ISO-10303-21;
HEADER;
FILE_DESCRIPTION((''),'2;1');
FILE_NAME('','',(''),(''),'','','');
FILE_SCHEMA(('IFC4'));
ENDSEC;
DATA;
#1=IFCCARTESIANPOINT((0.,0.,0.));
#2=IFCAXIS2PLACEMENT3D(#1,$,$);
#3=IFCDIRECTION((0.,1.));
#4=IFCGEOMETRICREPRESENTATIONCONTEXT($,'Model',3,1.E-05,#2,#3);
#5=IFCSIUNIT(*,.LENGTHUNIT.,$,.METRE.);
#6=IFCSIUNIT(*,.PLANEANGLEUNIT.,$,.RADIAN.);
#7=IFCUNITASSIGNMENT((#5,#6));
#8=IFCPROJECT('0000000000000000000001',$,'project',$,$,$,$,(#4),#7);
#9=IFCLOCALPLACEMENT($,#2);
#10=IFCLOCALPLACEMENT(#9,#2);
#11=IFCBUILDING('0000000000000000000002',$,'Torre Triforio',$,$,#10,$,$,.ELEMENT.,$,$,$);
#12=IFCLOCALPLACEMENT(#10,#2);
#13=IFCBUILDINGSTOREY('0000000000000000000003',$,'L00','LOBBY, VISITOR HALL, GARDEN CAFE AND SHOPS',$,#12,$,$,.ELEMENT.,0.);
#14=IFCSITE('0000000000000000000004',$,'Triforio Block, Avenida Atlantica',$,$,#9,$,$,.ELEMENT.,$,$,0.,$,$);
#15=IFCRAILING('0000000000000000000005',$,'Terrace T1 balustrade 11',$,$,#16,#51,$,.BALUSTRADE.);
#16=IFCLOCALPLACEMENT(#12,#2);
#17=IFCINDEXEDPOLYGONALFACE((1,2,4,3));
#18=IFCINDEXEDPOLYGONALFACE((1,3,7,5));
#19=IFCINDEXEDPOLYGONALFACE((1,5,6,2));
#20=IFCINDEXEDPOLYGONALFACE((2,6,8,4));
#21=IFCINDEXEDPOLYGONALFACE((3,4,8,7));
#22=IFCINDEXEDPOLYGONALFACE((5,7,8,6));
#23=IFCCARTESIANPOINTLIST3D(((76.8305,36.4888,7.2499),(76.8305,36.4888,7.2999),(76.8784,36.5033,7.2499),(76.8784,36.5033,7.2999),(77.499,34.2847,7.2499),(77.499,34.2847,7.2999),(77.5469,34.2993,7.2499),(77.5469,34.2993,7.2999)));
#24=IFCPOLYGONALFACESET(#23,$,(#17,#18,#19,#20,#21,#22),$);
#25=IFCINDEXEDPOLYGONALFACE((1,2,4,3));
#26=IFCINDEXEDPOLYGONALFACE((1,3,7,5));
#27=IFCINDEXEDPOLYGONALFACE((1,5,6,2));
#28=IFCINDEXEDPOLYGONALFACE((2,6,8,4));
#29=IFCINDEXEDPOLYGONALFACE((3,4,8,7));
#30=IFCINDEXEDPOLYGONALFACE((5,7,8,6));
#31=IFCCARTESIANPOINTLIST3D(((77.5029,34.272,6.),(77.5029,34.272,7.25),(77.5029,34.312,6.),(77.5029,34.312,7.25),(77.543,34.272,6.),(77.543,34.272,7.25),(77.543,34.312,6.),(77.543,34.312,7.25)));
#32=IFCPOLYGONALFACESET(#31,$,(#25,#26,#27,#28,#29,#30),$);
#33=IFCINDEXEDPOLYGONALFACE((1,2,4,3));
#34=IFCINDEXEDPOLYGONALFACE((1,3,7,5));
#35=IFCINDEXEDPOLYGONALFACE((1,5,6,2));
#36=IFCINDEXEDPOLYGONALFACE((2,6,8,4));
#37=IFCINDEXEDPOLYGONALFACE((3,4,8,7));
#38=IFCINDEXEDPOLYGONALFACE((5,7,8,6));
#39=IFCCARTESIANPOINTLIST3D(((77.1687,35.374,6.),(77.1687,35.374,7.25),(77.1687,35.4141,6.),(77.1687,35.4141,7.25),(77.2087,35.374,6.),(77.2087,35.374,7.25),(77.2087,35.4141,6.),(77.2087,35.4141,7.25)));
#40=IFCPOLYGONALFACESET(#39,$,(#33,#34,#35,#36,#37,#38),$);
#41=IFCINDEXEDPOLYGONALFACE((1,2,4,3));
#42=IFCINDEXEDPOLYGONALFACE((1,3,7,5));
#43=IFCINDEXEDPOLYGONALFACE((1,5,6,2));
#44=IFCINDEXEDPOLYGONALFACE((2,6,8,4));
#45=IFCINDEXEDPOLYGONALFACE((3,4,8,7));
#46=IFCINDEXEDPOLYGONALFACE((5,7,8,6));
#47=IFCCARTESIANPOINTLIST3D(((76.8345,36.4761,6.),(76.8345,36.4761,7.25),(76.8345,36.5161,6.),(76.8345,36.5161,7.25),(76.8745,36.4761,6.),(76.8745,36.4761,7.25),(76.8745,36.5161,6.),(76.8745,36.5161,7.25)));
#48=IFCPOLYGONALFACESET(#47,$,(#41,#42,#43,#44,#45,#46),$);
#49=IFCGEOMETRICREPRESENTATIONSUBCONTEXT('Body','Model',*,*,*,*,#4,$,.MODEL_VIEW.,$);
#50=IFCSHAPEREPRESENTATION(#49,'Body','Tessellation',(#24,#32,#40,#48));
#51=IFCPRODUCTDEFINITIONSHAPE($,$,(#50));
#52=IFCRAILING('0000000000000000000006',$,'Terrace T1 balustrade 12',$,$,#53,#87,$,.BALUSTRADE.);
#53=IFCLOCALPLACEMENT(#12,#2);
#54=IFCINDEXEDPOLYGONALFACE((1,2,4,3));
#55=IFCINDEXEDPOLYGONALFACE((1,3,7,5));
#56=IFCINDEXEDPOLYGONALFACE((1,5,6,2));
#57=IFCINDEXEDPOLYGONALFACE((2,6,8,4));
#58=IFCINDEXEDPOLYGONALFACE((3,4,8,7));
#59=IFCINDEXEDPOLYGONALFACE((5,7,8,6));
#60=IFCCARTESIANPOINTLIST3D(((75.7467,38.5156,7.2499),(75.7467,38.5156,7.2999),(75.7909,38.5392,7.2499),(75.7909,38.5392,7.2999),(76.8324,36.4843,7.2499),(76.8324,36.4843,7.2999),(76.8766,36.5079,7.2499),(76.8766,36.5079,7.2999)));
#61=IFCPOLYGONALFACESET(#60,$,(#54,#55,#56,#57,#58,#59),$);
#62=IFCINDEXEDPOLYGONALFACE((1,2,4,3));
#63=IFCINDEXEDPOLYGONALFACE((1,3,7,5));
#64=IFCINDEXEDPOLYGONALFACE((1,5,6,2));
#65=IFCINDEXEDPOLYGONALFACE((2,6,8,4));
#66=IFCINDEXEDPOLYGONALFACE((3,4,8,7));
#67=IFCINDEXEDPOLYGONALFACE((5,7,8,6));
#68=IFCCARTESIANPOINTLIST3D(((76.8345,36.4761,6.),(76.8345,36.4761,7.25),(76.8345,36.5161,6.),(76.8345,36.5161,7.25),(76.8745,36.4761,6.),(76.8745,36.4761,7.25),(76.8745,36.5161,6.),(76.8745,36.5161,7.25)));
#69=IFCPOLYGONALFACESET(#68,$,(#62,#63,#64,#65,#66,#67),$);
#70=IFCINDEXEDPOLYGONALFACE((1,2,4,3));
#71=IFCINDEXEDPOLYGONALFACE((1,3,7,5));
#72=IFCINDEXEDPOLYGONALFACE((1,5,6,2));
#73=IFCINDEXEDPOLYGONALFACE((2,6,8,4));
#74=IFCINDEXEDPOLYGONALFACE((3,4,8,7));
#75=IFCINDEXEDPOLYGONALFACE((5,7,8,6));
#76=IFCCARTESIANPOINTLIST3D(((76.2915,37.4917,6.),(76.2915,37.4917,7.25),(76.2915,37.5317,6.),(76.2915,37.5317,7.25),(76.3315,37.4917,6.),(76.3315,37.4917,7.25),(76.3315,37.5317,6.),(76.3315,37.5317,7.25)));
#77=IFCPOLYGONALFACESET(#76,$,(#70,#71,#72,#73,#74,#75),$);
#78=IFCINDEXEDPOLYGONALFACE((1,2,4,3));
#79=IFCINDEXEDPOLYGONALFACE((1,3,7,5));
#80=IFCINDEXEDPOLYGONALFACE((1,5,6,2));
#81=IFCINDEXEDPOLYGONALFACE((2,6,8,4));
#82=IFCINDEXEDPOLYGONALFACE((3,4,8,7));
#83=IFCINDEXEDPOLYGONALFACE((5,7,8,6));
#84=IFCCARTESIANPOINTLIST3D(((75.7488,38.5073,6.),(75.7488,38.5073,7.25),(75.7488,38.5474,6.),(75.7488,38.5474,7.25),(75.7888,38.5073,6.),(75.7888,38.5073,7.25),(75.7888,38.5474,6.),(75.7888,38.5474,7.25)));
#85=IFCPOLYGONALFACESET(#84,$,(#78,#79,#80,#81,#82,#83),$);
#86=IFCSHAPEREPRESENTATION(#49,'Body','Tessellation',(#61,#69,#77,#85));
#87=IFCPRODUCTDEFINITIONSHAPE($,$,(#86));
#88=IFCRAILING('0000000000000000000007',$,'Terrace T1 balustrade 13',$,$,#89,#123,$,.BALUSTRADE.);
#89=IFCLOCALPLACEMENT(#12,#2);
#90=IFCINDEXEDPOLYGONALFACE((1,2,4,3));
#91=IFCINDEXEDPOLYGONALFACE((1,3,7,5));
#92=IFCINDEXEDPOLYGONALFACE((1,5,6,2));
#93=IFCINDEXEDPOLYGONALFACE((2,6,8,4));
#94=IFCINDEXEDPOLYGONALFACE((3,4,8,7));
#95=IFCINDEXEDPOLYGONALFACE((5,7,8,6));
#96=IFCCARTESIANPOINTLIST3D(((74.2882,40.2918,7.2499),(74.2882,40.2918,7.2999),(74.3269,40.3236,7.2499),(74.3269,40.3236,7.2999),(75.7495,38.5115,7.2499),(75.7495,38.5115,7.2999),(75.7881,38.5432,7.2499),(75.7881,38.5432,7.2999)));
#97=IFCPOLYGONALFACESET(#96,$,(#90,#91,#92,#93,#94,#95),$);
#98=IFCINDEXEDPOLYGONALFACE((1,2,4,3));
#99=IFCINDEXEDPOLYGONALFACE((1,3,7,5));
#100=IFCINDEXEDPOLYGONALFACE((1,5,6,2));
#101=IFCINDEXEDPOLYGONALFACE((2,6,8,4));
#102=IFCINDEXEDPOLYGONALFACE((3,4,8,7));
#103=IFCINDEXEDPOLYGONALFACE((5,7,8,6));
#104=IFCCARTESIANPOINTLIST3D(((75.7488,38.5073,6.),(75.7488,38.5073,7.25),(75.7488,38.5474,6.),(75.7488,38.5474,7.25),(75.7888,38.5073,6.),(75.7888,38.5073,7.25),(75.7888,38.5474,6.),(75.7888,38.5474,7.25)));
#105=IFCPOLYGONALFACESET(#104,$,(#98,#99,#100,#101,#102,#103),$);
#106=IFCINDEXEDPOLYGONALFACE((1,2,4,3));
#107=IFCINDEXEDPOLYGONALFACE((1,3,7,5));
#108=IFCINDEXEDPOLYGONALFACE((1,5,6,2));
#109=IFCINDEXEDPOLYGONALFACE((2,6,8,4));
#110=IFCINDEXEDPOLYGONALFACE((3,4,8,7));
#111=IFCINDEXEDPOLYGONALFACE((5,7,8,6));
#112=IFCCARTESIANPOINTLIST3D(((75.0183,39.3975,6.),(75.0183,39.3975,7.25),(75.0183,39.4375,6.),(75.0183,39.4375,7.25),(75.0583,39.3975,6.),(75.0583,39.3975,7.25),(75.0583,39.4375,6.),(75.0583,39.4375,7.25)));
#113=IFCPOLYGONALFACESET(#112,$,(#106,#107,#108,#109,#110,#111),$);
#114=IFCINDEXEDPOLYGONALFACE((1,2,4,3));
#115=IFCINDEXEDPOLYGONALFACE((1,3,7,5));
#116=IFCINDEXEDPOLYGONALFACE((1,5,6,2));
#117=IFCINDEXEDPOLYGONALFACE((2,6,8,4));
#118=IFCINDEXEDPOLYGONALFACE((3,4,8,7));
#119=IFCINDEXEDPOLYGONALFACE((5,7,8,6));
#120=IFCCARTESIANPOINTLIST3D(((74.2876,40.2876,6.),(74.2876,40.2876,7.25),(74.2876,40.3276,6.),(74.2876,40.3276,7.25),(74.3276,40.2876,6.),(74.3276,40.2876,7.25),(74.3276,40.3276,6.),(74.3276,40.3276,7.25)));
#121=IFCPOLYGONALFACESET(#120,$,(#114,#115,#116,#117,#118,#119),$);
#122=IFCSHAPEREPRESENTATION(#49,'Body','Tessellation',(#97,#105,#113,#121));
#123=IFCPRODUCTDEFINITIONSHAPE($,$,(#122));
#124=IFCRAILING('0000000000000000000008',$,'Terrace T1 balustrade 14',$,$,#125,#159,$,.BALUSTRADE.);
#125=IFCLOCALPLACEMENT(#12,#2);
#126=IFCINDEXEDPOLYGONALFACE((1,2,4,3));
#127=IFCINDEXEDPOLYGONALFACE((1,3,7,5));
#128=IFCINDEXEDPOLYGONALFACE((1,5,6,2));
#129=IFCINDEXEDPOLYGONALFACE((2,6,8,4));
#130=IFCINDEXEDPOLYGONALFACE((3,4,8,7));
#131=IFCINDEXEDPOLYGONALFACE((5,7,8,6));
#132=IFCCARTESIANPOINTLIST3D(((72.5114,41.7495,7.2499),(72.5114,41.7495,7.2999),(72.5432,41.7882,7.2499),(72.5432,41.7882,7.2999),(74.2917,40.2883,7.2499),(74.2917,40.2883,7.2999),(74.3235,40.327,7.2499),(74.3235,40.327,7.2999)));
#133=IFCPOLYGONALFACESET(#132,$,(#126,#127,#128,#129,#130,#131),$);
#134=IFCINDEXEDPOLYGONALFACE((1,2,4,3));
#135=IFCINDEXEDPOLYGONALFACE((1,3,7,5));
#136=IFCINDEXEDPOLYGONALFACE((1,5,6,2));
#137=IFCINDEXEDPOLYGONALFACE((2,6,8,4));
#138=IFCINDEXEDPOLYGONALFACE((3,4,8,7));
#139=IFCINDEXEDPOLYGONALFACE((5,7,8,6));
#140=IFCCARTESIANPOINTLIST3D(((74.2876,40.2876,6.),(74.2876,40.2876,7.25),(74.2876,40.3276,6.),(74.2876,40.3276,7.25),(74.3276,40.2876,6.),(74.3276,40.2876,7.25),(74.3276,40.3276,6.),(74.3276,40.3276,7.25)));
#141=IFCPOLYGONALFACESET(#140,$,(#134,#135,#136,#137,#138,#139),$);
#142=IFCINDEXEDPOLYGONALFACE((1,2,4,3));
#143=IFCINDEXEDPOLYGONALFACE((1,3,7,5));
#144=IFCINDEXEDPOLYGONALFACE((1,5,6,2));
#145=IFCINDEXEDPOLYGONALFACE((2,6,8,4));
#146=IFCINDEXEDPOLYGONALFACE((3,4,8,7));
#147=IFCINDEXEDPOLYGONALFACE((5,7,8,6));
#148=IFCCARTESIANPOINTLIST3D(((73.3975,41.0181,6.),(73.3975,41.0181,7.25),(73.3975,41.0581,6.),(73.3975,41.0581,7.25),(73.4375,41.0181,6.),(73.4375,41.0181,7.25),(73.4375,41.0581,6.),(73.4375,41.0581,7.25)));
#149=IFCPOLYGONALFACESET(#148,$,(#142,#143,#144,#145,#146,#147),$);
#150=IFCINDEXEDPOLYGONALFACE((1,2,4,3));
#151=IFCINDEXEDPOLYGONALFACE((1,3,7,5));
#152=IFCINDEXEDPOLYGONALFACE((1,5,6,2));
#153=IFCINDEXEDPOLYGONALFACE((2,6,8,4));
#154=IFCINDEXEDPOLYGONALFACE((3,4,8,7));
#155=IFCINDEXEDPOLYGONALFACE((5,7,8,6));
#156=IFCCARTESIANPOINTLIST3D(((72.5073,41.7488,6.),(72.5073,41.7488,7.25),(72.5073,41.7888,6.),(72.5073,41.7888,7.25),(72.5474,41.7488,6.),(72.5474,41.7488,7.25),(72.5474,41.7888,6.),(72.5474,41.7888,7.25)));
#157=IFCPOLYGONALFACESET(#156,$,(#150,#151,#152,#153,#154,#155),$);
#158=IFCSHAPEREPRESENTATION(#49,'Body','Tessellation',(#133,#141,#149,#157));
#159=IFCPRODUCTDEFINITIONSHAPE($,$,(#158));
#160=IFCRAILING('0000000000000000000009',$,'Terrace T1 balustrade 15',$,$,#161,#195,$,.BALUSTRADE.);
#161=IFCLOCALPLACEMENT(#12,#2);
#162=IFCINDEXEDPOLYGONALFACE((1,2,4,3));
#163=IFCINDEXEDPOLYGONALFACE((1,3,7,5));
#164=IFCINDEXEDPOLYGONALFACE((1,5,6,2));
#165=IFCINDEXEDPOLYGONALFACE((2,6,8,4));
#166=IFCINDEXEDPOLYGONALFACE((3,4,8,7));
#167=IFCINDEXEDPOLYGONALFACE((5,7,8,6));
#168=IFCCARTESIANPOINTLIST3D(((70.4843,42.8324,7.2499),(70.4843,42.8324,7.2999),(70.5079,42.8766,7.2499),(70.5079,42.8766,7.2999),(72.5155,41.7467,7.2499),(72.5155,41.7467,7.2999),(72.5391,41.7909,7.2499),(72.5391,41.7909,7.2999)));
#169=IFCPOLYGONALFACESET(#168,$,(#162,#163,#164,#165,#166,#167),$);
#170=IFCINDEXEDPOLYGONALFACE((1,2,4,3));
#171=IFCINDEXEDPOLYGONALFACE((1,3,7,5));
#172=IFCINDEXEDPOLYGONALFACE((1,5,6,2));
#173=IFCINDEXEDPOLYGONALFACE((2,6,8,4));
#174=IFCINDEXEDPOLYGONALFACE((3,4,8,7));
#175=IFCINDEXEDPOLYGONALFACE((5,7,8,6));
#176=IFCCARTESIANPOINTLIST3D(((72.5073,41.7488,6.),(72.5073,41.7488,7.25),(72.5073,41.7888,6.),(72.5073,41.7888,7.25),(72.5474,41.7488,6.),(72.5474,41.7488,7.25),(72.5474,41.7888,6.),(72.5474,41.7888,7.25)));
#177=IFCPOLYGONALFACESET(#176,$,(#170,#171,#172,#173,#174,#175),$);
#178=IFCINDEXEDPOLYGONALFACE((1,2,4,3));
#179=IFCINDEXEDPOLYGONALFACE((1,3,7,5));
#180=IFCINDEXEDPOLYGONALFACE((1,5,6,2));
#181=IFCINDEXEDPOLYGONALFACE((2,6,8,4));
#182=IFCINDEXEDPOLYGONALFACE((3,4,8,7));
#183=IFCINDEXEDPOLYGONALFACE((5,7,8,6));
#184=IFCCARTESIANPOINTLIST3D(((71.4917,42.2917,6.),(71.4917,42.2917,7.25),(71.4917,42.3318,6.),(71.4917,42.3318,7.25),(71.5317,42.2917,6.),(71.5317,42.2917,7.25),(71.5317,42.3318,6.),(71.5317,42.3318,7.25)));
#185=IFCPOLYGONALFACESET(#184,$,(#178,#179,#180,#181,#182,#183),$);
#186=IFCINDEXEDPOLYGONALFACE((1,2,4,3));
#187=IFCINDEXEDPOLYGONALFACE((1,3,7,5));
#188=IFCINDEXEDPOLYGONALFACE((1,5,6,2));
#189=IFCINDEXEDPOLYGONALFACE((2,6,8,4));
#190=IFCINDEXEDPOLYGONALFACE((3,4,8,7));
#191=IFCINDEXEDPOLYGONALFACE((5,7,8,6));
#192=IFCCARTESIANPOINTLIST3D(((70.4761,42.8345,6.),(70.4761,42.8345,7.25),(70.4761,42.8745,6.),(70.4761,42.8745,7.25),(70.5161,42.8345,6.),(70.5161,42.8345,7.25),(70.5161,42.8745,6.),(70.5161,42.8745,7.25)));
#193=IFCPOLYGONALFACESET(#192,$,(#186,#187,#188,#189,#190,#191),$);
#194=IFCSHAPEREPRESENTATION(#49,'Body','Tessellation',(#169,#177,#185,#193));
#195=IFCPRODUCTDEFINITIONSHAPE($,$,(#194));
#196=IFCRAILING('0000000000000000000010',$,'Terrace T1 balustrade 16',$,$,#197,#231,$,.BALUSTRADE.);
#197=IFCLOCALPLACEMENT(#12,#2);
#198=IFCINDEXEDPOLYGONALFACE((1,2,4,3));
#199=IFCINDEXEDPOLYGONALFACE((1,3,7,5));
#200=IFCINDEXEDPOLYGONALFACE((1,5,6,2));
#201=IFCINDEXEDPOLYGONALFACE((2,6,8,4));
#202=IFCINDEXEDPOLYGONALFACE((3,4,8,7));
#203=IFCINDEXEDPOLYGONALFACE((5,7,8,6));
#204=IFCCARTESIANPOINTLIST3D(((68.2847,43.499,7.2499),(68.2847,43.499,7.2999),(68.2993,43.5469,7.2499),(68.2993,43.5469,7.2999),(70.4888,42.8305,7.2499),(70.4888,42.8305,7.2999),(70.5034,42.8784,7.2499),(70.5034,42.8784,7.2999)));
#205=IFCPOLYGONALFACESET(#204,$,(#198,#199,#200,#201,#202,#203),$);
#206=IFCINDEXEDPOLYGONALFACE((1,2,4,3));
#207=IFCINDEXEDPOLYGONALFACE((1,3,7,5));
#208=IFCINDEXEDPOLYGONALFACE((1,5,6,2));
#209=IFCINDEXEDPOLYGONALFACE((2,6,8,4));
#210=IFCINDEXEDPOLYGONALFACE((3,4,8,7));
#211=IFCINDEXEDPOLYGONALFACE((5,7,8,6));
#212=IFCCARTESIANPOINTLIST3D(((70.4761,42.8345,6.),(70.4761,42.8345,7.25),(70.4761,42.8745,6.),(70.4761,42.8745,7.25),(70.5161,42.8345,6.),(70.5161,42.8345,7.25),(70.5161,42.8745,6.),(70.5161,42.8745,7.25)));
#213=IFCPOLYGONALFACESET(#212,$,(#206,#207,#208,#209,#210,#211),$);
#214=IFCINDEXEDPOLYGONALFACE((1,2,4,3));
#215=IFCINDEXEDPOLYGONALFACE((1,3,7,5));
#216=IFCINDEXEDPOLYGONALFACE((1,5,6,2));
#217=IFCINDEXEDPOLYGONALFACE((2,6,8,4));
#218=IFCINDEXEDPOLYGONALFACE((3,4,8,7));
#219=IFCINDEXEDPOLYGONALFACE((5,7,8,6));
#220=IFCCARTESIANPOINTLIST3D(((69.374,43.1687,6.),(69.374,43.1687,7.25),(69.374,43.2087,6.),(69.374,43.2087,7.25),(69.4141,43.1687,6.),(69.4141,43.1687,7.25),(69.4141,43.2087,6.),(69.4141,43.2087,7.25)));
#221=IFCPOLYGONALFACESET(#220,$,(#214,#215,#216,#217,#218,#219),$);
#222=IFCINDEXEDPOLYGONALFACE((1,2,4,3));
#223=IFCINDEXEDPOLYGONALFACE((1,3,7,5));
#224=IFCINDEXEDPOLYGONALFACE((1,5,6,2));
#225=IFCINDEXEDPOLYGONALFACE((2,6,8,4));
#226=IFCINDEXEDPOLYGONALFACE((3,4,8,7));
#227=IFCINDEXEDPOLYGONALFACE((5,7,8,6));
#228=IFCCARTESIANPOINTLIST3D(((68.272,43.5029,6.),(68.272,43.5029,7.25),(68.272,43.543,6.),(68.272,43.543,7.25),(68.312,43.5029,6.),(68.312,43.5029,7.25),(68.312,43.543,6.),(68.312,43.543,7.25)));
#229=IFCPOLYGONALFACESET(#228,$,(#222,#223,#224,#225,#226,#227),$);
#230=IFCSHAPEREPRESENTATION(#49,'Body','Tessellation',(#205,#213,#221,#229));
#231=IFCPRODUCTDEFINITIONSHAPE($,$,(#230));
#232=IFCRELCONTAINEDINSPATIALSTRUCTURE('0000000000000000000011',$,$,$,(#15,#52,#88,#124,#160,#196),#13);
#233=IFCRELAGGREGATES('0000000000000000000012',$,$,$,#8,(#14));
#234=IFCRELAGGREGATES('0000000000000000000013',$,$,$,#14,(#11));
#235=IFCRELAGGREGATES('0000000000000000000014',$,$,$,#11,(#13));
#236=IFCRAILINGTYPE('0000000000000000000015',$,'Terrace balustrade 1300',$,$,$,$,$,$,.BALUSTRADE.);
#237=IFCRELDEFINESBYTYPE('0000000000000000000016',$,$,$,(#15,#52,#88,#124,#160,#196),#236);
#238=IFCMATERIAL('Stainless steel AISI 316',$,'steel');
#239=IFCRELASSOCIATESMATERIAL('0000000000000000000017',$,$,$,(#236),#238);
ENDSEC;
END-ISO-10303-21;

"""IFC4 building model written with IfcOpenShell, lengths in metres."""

from ifc_helpers import new_model, si_unit, direction, frame, origin, origin_2d, place, context, subcontext, project, spatial, rectangle, extrude, material, type_object, element, save


model = new_model("IFC4")

# Units and contexts
model_context = context("Model", 3, precision=1e-05, world=origin(), true_north=direction((0.0, 1.0)))
body_context = subcontext(model_context, "Body", "Model", "MODEL_VIEW")
ifc_project = project(units=[si_unit("LENGTHUNIT", "METRE"), si_unit("PLANEANGLEUNIT", "RADIAN")], contexts=[model_context])

# Site, building, storey
site_placement = place(None, origin())
site = spatial("IfcSite", under=ifc_project, at=site_placement, Name="Triforio Block, Avenida Atlantica", CompositionType="ELEMENT", RefElevation=0.0)
building_placement = place(site_placement, origin())
building = spatial("IfcBuilding", under=site, at=building_placement, Name="Torre Triforio", CompositionType="ELEMENT")
storey_placement = place(building_placement, origin())
storey = spatial("IfcBuildingStorey", under=building, at=storey_placement, Name="L00", Description="LOBBY, VISITOR HALL, GARDEN CAFE AND SHOPS", CompositionType="ELEMENT", Elevation=0.0)

# Railings
ifc_material_1 = material(Name="Stainless steel AISI 316", Category="steel")
railing_type = type_object("IfcRailingType", Name="Terrace balustrade 1300", PredefinedType="BALUSTRADE", material=ifc_material_1)
railing_1_placement = place(storey_placement, frame((77.5229, 34.292, 6.0)))
element("IfcRailing", 1, at=railing_1_placement, inside=storey, type_object=railing_type, Name="Terrace T1 balustrade 11", PredefinedType="BALUSTRADE", context=body_context, shape_type="SweptSolid", body=[
    extrude(rectangle(XDim=0.05, YDim=0.05, at=origin_2d()), frame((0.0, 0.0, 1.2749), z_axis=(-0.290225, 0.956958, 0.0), x_axis=(-0.956958, -0.290225, 0.0)), (0.0, 0.0, 1.0), 2.3032),
    extrude(rectangle(XDim=0.04, YDim=0.04, at=origin_2d()), origin(), (0.0, 0.0, 1.0), 1.25),
    extrude(rectangle(XDim=0.04, YDim=0.04, at=origin_2d()), frame((-0.3342, 1.1021, 0.0)), (0.0, 0.0, 1.0), 1.25),
    extrude(rectangle(XDim=0.04, YDim=0.04, at=origin_2d()), frame((-0.6685, 2.2041, 0.0)), (0.0, 0.0, 1.0), 1.25),
])
railing_2_placement = place(storey_placement, frame((76.8545, 36.4961, 6.0)))
element("IfcRailing", 2, at=railing_2_placement, inside=storey, type_object=railing_type, Name="Terrace T1 balustrade 12", PredefinedType="BALUSTRADE", context=body_context, shape_type="SweptSolid", body=[
    extrude(rectangle(XDim=0.05, YDim=0.05, at=origin_2d()), frame((0.0, 0.0, 1.2749), z_axis=(-0.471386, 0.881927, 0.0), x_axis=(-0.881927, -0.471386, 0.0)), (0.0, 0.0, 1.0), 2.3032),
    extrude(rectangle(XDim=0.04, YDim=0.04, at=origin_2d()), origin(), (0.0, 0.0, 1.0), 1.25),
    extrude(rectangle(XDim=0.04, YDim=0.04, at=origin_2d()), frame((-0.543, 1.0156, 0.0)), (0.0, 0.0, 1.0), 1.25),
    extrude(rectangle(XDim=0.04, YDim=0.04, at=origin_2d()), frame((-1.0857, 2.0312, 0.0)), (0.0, 0.0, 1.0), 1.25),
])
railing_3_placement = place(storey_placement, frame((75.7688, 38.5273, 6.0)))
element("IfcRailing", 3, at=railing_3_placement, inside=storey, type_object=railing_type, Name="Terrace T1 balustrade 13", PredefinedType="BALUSTRADE", context=body_context, shape_type="SweptSolid", body=[
    extrude(rectangle(XDim=0.05, YDim=0.05, at=origin_2d()), frame((0.0, 0.0, 1.2749), z_axis=(-0.634432, 0.772979, 0.0), x_axis=(-0.772979, -0.634432, 0.0)), (0.0, 0.0, 1.0), 2.3032),
    extrude(rectangle(XDim=0.04, YDim=0.04, at=origin_2d()), origin(), (0.0, 0.0, 1.0), 1.25),
    extrude(rectangle(XDim=0.04, YDim=0.04, at=origin_2d()), frame((-0.7305, 0.8901, 0.0)), (0.0, 0.0, 1.0), 1.25),
    extrude(rectangle(XDim=0.04, YDim=0.04, at=origin_2d()), frame((-1.4612, 1.7803, 0.0)), (0.0, 0.0, 1.0), 1.25),
])
railing_4_placement = place(storey_placement, frame((74.3076, 40.3076, 6.0)))
element("IfcRailing", 4, at=railing_4_placement, inside=storey, type_object=railing_type, Name="Terrace T1 balustrade 14", PredefinedType="BALUSTRADE", context=body_context, shape_type="SweptSolid", body=[
    extrude(rectangle(XDim=0.05, YDim=0.05, at=origin_2d()), frame((0.0, 0.0, 1.2749), z_axis=(-0.772979, 0.634432, 0.0), x_axis=(-0.634432, -0.772979, 0.0)), (0.0, 0.0, 1.0), 2.3032),
    extrude(rectangle(XDim=0.04, YDim=0.04, at=origin_2d()), origin(), (0.0, 0.0, 1.0), 1.25),
    extrude(rectangle(XDim=0.04, YDim=0.04, at=origin_2d()), frame((-0.8901, 0.7305, 0.0)), (0.0, 0.0, 1.0), 1.25),
    extrude(rectangle(XDim=0.04, YDim=0.04, at=origin_2d()), frame((-1.7803, 1.4612, 0.0)), (0.0, 0.0, 1.0), 1.25),
])
railing_5_placement = place(storey_placement, frame((72.5273, 41.7688, 6.0)))
element("IfcRailing", 5, at=railing_5_placement, inside=storey, type_object=railing_type, Name="Terrace T1 balustrade 15", PredefinedType="BALUSTRADE", context=body_context, shape_type="SweptSolid", body=[
    extrude(rectangle(XDim=0.05, YDim=0.05, at=origin_2d()), frame((0.0, 0.0, 1.2749), z_axis=(-0.881927, 0.471386, 0.0), x_axis=(-0.471386, -0.881927, 0.0)), (0.0, 0.0, 1.0), 2.3032),
    extrude(rectangle(XDim=0.04, YDim=0.04, at=origin_2d()), origin(), (0.0, 0.0, 1.0), 1.25),
    extrude(rectangle(XDim=0.04, YDim=0.04, at=origin_2d()), frame((-1.0156, 0.543, 0.0)), (0.0, 0.0, 1.0), 1.25),
    extrude(rectangle(XDim=0.04, YDim=0.04, at=origin_2d()), frame((-2.0312, 1.0857, 0.0)), (0.0, 0.0, 1.0), 1.25),
])
railing_6_placement = place(storey_placement, frame((70.4961, 42.8545, 6.0)))
element("IfcRailing", 6, at=railing_6_placement, inside=storey, type_object=railing_type, Name="Terrace T1 balustrade 16", PredefinedType="BALUSTRADE", context=body_context, shape_type="SweptSolid", body=[
    extrude(rectangle(XDim=0.05, YDim=0.05, at=origin_2d()), frame((0.0, 0.0, 1.2749), z_axis=(-0.956958, 0.290225, 0.0), x_axis=(-0.290225, -0.956958, 0.0)), (0.0, 0.0, 1.0), 2.3032),
    extrude(rectangle(XDim=0.04, YDim=0.04, at=origin_2d()), origin(), (0.0, 0.0, 1.0), 1.25),
    extrude(rectangle(XDim=0.04, YDim=0.04, at=origin_2d()), frame((-1.1021, 0.3342, 0.0)), (0.0, 0.0, 1.0), 1.25),
    extrude(rectangle(XDim=0.04, YDim=0.04, at=origin_2d()), frame((-2.2041, 0.6685, 0.0)), (0.0, 0.0, 1.0), 1.25),
])

save(model, "model.ifc")
